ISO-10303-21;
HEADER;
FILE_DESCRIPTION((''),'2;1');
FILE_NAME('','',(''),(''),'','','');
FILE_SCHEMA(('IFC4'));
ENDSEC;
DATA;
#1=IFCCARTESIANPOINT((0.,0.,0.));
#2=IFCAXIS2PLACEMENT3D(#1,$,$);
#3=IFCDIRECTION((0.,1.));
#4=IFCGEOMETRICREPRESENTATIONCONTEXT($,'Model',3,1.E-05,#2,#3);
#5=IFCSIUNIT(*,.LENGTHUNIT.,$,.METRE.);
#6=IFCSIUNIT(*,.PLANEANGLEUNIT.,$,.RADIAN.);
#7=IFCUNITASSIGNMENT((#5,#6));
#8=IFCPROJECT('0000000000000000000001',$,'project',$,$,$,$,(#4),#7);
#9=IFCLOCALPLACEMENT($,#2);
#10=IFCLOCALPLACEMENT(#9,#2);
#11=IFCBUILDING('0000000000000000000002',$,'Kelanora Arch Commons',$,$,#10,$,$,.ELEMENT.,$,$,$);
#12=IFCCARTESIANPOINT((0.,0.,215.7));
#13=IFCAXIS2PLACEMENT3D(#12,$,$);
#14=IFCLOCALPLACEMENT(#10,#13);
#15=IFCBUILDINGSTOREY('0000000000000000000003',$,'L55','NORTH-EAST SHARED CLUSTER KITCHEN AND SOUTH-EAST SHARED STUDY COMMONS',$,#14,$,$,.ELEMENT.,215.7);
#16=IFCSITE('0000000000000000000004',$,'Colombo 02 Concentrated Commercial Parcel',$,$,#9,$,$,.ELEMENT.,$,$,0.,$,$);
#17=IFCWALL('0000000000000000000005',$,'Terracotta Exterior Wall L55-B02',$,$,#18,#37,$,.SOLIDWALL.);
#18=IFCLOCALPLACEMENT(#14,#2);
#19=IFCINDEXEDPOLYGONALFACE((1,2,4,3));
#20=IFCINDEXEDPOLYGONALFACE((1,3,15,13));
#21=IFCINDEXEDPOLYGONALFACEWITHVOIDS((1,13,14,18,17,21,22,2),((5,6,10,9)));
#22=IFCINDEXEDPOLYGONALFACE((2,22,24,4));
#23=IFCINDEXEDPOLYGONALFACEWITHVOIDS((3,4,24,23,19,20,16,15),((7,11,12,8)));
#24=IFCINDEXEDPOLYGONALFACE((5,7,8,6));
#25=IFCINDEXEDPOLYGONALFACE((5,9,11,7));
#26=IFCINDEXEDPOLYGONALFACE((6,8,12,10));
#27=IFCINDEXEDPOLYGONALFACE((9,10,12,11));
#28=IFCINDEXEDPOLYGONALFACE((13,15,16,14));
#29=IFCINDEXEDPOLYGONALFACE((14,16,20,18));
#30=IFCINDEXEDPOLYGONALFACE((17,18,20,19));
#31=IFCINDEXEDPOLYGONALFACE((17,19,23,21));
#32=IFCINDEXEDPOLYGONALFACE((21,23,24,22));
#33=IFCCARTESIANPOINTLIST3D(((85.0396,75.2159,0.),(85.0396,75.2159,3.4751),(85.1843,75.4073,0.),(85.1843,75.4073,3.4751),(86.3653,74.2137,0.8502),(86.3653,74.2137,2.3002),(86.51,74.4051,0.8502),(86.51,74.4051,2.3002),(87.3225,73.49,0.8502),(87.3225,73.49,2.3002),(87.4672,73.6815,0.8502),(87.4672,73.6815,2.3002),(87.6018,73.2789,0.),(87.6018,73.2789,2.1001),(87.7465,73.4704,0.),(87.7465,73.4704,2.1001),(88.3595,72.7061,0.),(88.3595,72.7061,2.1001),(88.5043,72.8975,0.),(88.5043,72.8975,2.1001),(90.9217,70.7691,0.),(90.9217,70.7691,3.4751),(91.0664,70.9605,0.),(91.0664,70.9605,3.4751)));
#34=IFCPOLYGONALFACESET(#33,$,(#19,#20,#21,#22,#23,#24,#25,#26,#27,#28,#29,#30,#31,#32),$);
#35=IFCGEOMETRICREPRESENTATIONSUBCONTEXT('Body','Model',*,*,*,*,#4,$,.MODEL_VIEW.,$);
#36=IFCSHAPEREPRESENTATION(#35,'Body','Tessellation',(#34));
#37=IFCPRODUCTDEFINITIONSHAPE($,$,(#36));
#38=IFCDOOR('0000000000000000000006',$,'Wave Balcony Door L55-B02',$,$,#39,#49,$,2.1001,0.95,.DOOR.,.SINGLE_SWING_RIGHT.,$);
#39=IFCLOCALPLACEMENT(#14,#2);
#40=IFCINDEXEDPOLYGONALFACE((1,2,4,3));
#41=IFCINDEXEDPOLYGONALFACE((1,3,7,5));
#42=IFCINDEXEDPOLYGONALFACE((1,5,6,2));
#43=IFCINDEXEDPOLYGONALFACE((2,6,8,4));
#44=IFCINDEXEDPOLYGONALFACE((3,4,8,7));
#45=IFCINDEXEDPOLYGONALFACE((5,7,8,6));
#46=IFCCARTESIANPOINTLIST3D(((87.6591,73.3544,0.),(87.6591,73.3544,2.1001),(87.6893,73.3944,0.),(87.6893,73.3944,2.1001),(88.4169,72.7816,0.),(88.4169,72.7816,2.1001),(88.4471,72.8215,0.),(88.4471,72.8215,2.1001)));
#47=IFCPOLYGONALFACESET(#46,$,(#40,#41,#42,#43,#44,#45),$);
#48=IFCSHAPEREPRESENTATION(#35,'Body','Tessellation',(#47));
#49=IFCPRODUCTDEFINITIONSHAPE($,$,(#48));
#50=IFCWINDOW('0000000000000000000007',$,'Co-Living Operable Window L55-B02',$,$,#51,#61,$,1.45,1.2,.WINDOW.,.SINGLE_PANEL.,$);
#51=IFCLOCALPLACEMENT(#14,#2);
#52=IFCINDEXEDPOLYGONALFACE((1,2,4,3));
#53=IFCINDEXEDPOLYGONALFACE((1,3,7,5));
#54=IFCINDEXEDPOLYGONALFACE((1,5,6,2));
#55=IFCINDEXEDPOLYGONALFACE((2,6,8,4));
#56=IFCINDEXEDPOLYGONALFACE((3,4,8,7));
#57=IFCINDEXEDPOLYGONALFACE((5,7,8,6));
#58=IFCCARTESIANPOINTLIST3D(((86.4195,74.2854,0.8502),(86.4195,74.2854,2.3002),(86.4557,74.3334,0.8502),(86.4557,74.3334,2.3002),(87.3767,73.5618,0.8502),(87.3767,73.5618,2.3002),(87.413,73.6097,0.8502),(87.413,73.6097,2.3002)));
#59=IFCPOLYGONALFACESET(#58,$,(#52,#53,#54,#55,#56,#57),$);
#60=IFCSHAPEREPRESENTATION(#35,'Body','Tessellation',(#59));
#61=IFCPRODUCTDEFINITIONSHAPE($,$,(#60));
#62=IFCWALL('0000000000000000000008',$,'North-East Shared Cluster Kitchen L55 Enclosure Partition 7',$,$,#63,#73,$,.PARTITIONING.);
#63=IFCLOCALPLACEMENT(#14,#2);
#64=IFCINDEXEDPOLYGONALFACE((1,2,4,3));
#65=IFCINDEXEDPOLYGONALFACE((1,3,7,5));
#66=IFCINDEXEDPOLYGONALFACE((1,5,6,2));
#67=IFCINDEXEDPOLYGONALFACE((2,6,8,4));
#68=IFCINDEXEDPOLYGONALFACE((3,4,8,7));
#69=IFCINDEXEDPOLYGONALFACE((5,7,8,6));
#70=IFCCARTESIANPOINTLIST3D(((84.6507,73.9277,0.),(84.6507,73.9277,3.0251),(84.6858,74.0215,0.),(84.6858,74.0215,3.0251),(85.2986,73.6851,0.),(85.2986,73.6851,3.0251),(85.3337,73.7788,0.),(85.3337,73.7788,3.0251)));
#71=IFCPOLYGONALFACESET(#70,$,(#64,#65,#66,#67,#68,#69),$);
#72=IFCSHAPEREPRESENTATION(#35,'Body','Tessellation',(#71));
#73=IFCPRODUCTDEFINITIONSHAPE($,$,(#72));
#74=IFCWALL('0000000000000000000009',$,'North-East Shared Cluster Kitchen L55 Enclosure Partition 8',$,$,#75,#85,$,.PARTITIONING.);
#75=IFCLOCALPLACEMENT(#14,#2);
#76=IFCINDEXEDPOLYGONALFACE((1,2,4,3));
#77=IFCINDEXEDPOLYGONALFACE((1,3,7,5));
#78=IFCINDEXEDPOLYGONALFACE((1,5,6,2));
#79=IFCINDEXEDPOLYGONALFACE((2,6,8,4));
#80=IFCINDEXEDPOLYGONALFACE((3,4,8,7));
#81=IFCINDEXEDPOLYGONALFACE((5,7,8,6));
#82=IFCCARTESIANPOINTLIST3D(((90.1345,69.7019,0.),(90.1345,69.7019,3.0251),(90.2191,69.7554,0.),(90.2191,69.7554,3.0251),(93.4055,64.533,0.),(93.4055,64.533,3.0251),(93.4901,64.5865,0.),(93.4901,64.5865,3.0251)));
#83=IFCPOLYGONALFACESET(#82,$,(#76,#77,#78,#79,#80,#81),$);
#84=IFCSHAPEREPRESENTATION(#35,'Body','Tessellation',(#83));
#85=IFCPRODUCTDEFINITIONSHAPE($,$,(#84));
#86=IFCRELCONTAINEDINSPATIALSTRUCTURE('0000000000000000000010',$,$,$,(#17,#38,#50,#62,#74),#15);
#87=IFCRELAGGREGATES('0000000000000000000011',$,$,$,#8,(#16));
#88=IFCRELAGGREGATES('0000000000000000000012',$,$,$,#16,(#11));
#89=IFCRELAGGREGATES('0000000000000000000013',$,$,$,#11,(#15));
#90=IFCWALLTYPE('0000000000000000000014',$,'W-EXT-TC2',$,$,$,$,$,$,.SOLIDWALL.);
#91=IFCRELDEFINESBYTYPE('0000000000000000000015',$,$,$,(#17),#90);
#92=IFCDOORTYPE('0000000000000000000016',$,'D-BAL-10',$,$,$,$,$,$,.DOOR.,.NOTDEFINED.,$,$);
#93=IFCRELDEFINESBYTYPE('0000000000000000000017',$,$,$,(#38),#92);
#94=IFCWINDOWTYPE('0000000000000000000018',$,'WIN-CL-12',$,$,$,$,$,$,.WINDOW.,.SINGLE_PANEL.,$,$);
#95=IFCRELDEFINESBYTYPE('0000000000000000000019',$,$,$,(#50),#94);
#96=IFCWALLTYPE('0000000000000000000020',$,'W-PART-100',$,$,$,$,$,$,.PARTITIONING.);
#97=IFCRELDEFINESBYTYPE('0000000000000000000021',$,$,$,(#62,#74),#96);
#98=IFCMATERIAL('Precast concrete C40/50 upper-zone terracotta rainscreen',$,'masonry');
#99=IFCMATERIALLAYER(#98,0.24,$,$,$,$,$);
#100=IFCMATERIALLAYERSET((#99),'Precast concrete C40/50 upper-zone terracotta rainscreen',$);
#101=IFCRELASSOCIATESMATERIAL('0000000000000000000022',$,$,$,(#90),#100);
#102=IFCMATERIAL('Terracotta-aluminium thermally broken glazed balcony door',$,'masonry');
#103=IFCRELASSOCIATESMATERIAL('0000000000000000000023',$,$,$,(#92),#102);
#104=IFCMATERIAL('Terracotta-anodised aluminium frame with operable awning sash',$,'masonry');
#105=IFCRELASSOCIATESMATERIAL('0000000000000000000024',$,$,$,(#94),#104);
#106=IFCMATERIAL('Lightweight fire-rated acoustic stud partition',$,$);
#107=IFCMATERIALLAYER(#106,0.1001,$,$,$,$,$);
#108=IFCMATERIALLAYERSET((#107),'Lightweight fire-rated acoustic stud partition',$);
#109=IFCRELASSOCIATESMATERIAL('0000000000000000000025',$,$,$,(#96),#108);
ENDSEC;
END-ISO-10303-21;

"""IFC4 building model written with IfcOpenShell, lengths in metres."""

from ifc_helpers import new_model, si_unit, direction, frame, frame_2d, origin, place, context, subcontext, project, spatial, rectangle, extrude, material, layer, layer_set, type_object, element, fill, save


model = new_model("IFC4")

# Units and contexts
model_context = context("Model", 3, precision=1e-05, world=origin(), true_north=direction((0.0, 1.0)))
body_context = subcontext(model_context, "Body", "Model", "MODEL_VIEW")
ifc_project = project(units=[si_unit("LENGTHUNIT", "METRE"), si_unit("PLANEANGLEUNIT", "RADIAN")], contexts=[model_context])

# Site, building, storey
site_placement = place(None, origin())
site = spatial("IfcSite", under=ifc_project, at=site_placement, Name="Colombo 02 Concentrated Commercial Parcel", CompositionType="ELEMENT", RefElevation=0.0)
building_placement = place(site_placement, origin())
building = spatial("IfcBuilding", under=site, at=building_placement, Name="Kelanora Arch Commons", CompositionType="ELEMENT")
storey_placement = place(building_placement, frame((0.0, 0.0, 215.7)))
storey = spatial("IfcBuildingStorey", under=building, at=storey_placement, Name="L55", Description="NORTH-EAST SHARED CLUSTER KITCHEN AND SOUTH-EAST SHARED STUDY COMMONS", CompositionType="ELEMENT", Elevation=215.7)

# Shared definitions
ifc_material_1 = material(Name="Precast concrete C40/50 upper-zone terracotta rainscreen", Category="masonry")
ifc_layer_1 = layer(ifc_material_1, 0.24)
ifc_layer_set_1 = layer_set([ifc_layer_1], Name="Precast concrete C40/50 upper-zone terracotta rainscreen")
wall_type_1 = type_object("IfcWallType", Name="W-EXT-TC2", PredefinedType="SOLIDWALL", material=ifc_layer_set_1)

# Wall, openings, door, window
wall_1_placement = place(storey_placement, frame((90.9941, 70.8647, 0.0), z_axis=(0.0, 0.0, 1.0), x_axis=(-0.797702, 0.603052, 0.0)))
wall_1 = element("IfcWall", 1, at=wall_1_placement, inside=storey, type_object=wall_type_1, Name="Terracotta Exterior Wall L55-B02", PredefinedType="SOLIDWALL", context=body_context, shape_type="SweptSolid", body=[
    extrude(rectangle(XDim=7.3738, YDim=0.24, at=frame_2d((3.687, 0.0))), origin(), (0.0, 0.0, 1.0), 3.4751),
])
opening_1_placement = place(wall_1_placement, frame((3.2119, 0.0, 0.0)))
opening_1 = element("IfcOpeningElement", 2, at=opening_1_placement, cuts=wall_1, PredefinedType="OPENING", context=body_context, shape_type="SweptSolid", body=[
    extrude(rectangle(XDim=0.95, YDim=2.1001, at=frame_2d((0.4751, 1.05))), frame((0.0, 0.1299, 0.0), z_axis=(0.0, -1.0, 0.0), x_axis=(1.0, 0.0, 0.0)), (0.0, 0.0, 1.0), 0.26),
])
opening_2_placement = place(wall_1_placement, frame((4.512, 0.0, 0.8501)))
opening_2 = element("IfcOpeningElement", 3, at=opening_2_placement, cuts=wall_1, PredefinedType="OPENING", context=body_context, shape_type="SweptSolid", body=[
    extrude(rectangle(XDim=1.2, YDim=1.45, at=frame_2d((0.6001, 0.7251))), frame((0.0, 0.1299, 0.0), z_axis=(0.0, -1.0, 0.0), x_axis=(1.0, 0.0, 0.0)), (0.0, 0.0, 1.0), 0.26),
])
ifc_material_2 = material(Name="Terracotta-aluminium thermally broken glazed balcony door", Category="masonry")
door_type = type_object("IfcDoorType", Name="D-BAL-10", OperationType="NOTDEFINED", PredefinedType="DOOR", material=ifc_material_2)
door_placement = place(opening_1_placement, frame((0.95, 0.0, 0.0), z_axis=(0.0, 0.0, 1.0), x_axis=(-1.0, 0.0, 0.0)))
door = element("IfcDoor", 4, at=door_placement, inside=storey, type_object=door_type, Name="Wave Balcony Door L55-B02", OperationType="SINGLE_SWING_RIGHT", OverallHeight=2.1001, OverallWidth=0.95, PredefinedType="DOOR", context=body_context, shape_type="SweptSolid", body=[
    extrude(rectangle(XDim=0.95, YDim=2.1001, at=frame_2d((0.4751, 1.05))), frame((0.0, 0.0249, 0.0), z_axis=(0.0, -1.0, 0.0), x_axis=(1.0, 0.0, 0.0)), (0.0, 0.0, 1.0), 0.05),
])
fill(opening_1, door)
ifc_material_3 = material(Name="Terracotta-anodised aluminium frame with operable awning sash", Category="masonry")
window_type_1 = type_object("IfcWindowType", Name="WIN-CL-12", PartitioningType="SINGLE_PANEL", PredefinedType="WINDOW", material=ifc_material_3)
window_1_placement = place(opening_2_placement, origin())
window_1 = element("IfcWindow", 5, at=window_1_placement, inside=storey, type_object=window_type_1, Name="Co-Living Operable Window L55-B02", OverallHeight=1.45, OverallWidth=1.2, PartitioningType="SINGLE_PANEL", PredefinedType="WINDOW", context=body_context, shape_type="SweptSolid", body=[
    extrude(rectangle(XDim=1.2, YDim=1.45, at=frame_2d((0.6001, 0.7251))), frame((0.0, 0.03, 0.0), z_axis=(0.0, -1.0, 0.0), x_axis=(1.0, 0.0, 0.0)), (0.0, 0.0, 1.0), 0.0601),
])
fill(opening_2, window_1)

# Walls
ifc_material_4 = material(Name="Lightweight fire-rated acoustic stud partition")
ifc_layer_2 = layer(ifc_material_4, 0.1001)
ifc_layer_set_2 = layer_set([ifc_layer_2], Name="Lightweight fire-rated acoustic stud partition")
wall_type_2 = type_object("IfcWallType", Name="W-PART-100", PredefinedType="PARTITIONING", material=ifc_layer_set_2)
wall_2_placement = place(storey_placement, frame((84.6682, 73.9746, 0.0), z_axis=(0.0, 0.0, 1.0), x_axis=(0.936474, -0.350737, 0.0)))
element("IfcWall", 6, at=wall_2_placement, inside=storey, type_object=wall_type_2, Name="North-East Shared Cluster Kitchen L55 Enclosure Partition 7", PredefinedType="PARTITIONING", context=body_context, shape_type="SweptSolid", body=[
    extrude(rectangle(XDim=0.6919, YDim=0.1001, at=frame_2d((0.3459, 0.0))), origin(), (0.0, 0.0, 1.0), 3.0251),
])
wall_3_placement = place(storey_placement, frame((90.1768, 69.7288, 0.0), z_axis=(0.0, 0.0, 1.0), x_axis=(0.534741, -0.845016, 0.0)))
element("IfcWall", 7, at=wall_3_placement, inside=storey, type_object=wall_type_2, Name="North-East Shared Cluster Kitchen L55 Enclosure Partition 8", PredefinedType="PARTITIONING", context=body_context, shape_type="SweptSolid", body=[
    extrude(rectangle(XDim=6.1169, YDim=0.1001, at=frame_2d((3.0586, 0.0))), origin(), (0.0, 0.0, 1.0), 3.0251),
])

save(model, "model.ifc")
